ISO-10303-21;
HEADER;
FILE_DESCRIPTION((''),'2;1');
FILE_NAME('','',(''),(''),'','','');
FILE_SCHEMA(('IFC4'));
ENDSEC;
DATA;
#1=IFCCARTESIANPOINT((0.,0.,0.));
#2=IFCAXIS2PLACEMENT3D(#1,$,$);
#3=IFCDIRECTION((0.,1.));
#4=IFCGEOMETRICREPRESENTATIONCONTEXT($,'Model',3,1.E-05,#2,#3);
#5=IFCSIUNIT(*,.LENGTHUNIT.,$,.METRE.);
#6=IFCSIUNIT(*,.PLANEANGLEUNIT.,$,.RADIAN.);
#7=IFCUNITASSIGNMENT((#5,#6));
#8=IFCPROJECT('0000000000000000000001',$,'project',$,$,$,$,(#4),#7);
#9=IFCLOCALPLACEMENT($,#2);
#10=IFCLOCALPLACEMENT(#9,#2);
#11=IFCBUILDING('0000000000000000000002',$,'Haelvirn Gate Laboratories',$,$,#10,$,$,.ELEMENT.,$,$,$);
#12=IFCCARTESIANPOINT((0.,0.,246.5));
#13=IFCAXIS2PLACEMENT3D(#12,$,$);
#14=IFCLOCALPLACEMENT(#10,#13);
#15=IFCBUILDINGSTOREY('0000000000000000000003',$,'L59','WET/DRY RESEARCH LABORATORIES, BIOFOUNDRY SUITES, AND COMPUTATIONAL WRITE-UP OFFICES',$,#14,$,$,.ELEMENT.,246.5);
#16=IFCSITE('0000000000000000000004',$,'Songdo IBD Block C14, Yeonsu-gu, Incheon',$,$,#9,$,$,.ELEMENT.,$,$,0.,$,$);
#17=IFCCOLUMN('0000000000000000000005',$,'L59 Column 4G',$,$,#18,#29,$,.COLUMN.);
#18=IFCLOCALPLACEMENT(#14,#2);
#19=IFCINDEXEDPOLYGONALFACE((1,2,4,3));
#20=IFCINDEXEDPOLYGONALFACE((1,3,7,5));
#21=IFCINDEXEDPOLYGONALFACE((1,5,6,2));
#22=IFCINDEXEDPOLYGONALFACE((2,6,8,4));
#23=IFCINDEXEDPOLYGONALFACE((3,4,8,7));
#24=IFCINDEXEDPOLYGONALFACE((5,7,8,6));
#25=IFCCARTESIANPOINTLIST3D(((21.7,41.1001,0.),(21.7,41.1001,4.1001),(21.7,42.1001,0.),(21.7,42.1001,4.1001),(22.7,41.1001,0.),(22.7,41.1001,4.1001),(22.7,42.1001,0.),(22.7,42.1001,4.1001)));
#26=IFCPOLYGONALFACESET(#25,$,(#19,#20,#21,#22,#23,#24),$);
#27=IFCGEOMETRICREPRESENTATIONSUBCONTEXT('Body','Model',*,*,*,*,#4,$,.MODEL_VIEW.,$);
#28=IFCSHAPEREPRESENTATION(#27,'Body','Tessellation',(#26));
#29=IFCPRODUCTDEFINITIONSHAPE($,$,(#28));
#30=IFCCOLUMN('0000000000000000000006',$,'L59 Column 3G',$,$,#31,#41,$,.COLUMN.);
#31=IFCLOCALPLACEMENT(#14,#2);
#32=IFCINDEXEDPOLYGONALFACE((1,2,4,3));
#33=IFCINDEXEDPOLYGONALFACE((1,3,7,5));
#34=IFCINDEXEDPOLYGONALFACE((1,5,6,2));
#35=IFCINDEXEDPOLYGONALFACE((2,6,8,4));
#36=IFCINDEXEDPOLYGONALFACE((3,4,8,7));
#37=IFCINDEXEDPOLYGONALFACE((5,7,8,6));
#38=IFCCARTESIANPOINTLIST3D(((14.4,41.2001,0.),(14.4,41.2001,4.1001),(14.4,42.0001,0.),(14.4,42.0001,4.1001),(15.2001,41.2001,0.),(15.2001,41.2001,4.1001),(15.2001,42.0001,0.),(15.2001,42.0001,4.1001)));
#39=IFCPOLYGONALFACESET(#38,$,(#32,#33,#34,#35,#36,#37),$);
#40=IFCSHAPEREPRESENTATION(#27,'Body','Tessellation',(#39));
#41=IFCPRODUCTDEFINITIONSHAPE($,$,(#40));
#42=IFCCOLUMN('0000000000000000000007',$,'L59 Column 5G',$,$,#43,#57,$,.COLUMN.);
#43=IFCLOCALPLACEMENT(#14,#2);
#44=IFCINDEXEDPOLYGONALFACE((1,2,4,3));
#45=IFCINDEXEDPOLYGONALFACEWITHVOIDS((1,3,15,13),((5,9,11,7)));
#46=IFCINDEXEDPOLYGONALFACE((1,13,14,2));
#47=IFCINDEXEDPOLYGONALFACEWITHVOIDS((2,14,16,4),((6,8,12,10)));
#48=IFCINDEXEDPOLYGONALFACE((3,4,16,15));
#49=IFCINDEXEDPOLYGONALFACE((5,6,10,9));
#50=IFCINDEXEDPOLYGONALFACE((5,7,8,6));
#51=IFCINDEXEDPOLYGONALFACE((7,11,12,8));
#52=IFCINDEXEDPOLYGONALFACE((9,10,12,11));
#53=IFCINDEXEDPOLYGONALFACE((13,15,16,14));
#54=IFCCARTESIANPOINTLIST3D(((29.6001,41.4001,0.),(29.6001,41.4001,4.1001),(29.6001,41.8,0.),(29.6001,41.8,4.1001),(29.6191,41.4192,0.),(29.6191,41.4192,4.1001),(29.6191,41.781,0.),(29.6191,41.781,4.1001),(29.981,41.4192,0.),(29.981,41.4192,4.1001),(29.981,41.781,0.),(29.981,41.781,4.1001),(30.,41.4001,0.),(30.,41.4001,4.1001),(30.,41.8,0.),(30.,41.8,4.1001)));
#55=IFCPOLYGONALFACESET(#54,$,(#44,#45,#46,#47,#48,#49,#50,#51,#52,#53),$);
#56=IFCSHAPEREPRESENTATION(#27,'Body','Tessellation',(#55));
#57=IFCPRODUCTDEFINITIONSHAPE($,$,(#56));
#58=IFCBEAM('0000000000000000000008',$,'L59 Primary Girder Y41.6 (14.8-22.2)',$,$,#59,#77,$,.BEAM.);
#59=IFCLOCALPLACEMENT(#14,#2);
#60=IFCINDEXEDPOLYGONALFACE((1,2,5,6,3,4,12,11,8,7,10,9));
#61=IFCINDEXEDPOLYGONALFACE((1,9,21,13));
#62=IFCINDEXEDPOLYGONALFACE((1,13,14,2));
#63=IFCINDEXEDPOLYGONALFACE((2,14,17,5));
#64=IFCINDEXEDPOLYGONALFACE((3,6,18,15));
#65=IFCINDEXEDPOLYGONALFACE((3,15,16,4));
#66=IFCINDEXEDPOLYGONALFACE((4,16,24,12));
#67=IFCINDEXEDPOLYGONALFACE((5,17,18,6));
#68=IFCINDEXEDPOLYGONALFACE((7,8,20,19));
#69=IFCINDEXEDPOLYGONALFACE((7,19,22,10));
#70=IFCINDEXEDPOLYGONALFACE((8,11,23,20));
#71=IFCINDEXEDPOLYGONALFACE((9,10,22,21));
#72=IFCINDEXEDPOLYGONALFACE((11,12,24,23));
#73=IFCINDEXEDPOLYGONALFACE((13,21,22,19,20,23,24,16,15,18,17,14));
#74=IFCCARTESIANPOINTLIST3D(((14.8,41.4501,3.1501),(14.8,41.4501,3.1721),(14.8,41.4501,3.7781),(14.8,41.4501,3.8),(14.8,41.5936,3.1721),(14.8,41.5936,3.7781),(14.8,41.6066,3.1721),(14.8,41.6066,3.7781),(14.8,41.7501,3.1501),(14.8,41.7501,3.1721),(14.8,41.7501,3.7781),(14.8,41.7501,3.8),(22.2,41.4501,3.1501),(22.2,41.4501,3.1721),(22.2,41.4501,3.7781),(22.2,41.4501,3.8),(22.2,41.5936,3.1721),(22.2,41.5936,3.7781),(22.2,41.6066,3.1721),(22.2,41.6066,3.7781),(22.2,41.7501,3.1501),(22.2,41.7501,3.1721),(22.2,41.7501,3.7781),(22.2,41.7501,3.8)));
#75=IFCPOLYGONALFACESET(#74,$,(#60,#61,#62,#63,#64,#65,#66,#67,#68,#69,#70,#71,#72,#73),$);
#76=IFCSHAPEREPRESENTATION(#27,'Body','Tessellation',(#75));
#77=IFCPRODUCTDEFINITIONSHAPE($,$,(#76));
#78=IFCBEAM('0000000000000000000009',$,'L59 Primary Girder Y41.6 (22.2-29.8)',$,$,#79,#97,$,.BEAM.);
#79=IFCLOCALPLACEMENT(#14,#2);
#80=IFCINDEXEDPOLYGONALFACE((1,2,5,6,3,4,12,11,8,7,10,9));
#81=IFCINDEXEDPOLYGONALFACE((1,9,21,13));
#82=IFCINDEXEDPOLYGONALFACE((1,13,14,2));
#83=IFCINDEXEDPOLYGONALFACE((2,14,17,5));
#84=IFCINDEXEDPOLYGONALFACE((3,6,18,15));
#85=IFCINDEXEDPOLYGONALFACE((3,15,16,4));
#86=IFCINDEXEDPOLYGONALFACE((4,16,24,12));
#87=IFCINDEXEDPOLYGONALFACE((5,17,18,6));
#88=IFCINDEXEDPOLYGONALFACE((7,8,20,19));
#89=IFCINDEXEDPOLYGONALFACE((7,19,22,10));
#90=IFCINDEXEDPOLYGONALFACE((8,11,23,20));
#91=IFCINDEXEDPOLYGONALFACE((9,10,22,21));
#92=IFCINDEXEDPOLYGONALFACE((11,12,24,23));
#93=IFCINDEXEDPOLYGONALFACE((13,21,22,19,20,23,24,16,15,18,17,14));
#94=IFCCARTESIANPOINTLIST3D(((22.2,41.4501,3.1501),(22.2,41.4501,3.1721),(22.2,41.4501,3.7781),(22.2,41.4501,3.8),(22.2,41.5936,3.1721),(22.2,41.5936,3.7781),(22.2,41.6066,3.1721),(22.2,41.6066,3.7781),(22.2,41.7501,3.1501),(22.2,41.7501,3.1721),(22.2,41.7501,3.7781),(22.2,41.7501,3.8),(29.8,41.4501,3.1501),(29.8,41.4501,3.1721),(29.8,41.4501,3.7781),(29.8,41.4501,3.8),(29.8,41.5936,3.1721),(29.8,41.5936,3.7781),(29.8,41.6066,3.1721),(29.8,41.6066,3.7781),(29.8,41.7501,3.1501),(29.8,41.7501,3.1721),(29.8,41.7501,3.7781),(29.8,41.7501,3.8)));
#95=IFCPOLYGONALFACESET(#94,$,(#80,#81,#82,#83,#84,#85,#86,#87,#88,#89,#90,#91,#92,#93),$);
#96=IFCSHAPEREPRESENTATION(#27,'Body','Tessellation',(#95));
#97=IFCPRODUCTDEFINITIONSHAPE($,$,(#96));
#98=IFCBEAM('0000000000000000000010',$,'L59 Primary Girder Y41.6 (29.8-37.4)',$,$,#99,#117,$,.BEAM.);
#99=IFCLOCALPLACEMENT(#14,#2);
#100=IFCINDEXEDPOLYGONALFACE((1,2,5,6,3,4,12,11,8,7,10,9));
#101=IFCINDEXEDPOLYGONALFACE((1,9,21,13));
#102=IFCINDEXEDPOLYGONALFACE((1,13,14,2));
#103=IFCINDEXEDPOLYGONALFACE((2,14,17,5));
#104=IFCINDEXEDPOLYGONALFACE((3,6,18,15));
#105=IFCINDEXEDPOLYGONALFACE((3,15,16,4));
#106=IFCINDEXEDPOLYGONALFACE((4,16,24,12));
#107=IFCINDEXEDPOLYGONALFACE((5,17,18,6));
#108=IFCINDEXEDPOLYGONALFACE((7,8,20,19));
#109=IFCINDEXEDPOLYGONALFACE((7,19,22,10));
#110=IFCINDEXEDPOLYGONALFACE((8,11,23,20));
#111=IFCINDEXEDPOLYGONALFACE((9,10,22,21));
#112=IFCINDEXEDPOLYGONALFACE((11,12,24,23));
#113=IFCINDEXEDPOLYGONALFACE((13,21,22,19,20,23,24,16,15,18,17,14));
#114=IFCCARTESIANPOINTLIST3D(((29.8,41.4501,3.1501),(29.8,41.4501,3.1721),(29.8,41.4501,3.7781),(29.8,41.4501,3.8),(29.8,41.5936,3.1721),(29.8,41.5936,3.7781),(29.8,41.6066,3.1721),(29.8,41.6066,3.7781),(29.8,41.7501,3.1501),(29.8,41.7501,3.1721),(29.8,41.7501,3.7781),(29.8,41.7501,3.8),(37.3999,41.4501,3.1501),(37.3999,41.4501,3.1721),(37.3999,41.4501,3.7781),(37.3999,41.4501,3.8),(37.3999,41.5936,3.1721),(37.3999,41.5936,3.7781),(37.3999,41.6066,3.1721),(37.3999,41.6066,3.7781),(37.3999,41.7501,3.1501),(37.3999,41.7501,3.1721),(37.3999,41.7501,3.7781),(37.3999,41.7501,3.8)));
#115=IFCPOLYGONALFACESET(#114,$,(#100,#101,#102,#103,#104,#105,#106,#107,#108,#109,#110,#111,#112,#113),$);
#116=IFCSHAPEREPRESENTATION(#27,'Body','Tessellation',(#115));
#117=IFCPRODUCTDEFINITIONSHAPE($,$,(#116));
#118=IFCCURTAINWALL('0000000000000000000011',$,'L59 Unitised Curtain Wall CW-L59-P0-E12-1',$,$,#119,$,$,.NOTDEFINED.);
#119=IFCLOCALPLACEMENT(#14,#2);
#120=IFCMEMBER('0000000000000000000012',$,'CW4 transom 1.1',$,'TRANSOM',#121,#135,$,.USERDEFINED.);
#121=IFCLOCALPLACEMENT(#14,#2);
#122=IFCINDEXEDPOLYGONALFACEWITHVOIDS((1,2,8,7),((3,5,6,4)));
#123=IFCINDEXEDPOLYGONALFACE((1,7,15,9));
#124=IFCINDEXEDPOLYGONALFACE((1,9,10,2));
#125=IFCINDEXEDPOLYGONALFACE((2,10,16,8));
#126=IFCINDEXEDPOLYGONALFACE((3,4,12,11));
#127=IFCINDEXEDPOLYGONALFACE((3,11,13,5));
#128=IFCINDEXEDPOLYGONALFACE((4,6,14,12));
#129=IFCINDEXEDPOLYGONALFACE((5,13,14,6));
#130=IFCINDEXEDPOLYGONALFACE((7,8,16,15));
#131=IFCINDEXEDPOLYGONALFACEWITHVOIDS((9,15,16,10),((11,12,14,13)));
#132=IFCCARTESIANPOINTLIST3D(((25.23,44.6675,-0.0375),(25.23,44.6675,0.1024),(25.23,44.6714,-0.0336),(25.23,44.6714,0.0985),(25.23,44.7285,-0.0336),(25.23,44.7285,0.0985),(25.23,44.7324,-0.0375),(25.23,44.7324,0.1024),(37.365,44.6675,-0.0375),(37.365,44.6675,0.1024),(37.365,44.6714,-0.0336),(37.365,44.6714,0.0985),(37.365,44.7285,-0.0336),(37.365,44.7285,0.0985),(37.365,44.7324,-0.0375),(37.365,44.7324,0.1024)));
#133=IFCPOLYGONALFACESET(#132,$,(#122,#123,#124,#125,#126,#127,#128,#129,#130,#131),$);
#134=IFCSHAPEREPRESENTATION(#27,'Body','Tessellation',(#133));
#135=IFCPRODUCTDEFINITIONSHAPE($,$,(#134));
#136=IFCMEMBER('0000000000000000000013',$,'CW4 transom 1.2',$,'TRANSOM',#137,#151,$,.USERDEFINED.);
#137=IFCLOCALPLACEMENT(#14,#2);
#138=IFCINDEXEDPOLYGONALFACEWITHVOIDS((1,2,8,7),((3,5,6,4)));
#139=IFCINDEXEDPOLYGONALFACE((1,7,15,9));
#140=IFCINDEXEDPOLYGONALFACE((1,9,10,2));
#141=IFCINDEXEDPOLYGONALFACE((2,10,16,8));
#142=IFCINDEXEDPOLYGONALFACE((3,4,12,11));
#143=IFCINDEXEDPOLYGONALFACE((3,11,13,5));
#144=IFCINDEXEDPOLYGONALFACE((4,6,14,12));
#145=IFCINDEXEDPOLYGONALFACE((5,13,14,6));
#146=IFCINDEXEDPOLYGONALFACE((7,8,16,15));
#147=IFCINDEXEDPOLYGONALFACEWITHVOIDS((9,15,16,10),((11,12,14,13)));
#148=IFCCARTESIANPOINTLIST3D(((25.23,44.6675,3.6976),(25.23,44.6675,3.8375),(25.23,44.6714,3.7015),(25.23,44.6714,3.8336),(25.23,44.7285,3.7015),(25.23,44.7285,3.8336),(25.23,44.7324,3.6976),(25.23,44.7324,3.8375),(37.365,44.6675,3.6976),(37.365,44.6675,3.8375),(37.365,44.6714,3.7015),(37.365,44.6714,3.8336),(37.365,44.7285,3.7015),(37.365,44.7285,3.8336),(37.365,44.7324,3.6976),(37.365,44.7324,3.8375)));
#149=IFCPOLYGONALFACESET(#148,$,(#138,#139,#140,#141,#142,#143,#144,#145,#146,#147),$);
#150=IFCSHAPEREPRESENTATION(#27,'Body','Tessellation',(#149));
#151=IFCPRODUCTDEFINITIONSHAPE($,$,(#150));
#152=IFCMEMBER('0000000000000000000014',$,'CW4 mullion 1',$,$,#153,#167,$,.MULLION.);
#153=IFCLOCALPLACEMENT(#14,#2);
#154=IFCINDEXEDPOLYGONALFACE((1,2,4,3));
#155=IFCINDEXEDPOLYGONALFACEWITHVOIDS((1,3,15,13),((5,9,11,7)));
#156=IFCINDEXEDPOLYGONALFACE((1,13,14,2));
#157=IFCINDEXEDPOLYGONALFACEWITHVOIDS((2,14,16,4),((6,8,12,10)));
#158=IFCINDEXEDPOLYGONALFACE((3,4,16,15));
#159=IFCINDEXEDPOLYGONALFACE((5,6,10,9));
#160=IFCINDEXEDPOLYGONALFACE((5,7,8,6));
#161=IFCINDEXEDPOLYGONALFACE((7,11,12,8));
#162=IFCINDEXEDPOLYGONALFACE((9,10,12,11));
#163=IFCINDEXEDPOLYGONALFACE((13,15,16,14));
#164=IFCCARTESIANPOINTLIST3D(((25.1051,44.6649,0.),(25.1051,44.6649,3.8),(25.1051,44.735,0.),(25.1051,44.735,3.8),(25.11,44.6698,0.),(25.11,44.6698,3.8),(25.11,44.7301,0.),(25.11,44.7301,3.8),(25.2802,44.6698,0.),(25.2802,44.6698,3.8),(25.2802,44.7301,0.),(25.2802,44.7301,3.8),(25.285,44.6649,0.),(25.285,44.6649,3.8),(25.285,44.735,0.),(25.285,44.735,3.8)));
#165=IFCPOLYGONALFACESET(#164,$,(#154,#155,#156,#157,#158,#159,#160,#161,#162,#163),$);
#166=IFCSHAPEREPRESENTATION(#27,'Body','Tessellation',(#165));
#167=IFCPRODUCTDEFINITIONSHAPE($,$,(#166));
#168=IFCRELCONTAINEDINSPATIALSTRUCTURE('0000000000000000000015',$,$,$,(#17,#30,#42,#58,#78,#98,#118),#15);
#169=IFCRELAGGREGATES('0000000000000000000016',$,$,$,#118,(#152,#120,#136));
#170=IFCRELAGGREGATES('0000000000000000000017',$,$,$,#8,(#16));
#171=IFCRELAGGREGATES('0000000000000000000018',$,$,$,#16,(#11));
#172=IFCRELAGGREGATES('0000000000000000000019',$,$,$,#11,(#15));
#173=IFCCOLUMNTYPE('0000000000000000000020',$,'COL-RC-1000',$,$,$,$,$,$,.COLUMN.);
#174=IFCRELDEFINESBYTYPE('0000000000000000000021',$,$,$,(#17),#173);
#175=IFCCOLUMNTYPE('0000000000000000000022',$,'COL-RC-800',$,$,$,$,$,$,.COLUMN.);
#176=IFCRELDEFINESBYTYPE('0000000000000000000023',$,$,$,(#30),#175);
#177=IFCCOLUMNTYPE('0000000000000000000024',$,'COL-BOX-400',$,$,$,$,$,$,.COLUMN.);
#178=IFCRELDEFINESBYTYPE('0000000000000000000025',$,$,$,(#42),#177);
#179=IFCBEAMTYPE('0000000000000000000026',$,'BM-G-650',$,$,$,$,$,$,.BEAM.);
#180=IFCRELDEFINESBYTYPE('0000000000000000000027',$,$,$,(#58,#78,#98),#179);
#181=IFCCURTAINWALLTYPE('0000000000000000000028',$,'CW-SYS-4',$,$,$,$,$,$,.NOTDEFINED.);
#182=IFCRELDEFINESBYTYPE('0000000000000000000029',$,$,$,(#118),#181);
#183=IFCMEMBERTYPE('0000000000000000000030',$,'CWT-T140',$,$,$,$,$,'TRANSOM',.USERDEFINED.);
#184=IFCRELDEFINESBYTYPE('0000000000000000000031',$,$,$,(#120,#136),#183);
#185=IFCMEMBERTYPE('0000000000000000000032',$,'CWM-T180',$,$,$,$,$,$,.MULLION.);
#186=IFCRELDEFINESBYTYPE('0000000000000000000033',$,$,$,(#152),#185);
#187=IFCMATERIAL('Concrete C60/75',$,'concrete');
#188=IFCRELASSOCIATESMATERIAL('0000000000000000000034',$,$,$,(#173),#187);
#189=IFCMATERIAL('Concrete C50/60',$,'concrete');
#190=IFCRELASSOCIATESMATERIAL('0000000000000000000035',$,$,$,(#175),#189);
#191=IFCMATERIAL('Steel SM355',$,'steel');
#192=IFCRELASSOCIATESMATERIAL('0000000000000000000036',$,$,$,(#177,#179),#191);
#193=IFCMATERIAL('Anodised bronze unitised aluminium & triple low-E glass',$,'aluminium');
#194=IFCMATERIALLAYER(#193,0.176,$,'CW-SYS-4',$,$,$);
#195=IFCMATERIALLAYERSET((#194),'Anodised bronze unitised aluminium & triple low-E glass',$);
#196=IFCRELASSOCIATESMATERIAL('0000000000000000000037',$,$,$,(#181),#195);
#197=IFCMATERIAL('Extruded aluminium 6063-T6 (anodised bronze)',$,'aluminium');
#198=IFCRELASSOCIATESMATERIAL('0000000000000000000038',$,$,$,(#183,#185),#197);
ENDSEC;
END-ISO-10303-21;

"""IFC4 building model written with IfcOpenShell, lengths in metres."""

from ifc_helpers import new_model, si_unit, direction, frame, origin, origin_2d, place, context, subcontext, project, spatial, rectangle, hollow_rectangle, i_section, extrude, source, transform, mapped, material, layer, layer_set, material_profile, profile_set, type_object, type_shapes, element, aggregate, save


model = new_model("IFC4")

# Units and contexts
model_context = context("Model", 3, precision=1e-05, world=origin(), true_north=direction((0.0, 1.0)))
body_context = subcontext(model_context, "Body", "Model", "MODEL_VIEW")
ifc_project = project(units=[si_unit("LENGTHUNIT", "METRE"), si_unit("PLANEANGLEUNIT", "RADIAN")], contexts=[model_context])

# Site, building, storey
site_placement = place(None, origin())
site = spatial("IfcSite", under=ifc_project, at=site_placement, Name="Songdo IBD Block C14, Yeonsu-gu, Incheon", CompositionType="ELEMENT", RefElevation=0.0)
building_placement = place(site_placement, origin())
building = spatial("IfcBuilding", under=site, at=building_placement, Name="Haelvirn Gate Laboratories", CompositionType="ELEMENT")
storey_placement = place(building_placement, frame((0.0, 0.0, 246.5)))
storey = spatial("IfcBuildingStorey", under=building, at=storey_placement, Name="L59", Description="WET/DRY RESEARCH LABORATORIES, BIOFOUNDRY SUITES, AND COMPUTATIONAL WRITE-UP OFFICES", CompositionType="ELEMENT", Elevation=246.5)

# Columns
ifc_material_1 = material(Name="Concrete C60/75", Category="concrete")
ifc_material_profile_1 = material_profile(ifc_material_1, rectangle(XDim=1.0, YDim=1.0, at=origin_2d()), Name="RC-1000x1000")
ifc_profile_set_1 = profile_set([ifc_material_profile_1], Name="Concrete C60/75")
column_type_1 = type_object("IfcColumnType", Name="COL-RC-1000", PredefinedType="COLUMN", material=ifc_profile_set_1)
shared_shape_1 = source(origin(), body_context, "Body", "SweptSolid", [
    extrude(rectangle(XDim=1.0, YDim=1.0, at=origin_2d()), origin(), (0.0, 0.0, 1.0), 4.1001),
])
type_shapes(column_type_1, [shared_shape_1])
column_1_placement = place(storey_placement, frame((22.2, 41.6001, 0.0), z_axis=(0.0, 0.0, 1.0), x_axis=(1.0, 0.0, 0.0)))
element("IfcColumn", 1, at=column_1_placement, inside=storey, type_object=column_type_1, Name="L59 Column 4G", PredefinedType="COLUMN", context=body_context, shape_type="MappedRepresentation", body=[
    mapped(shared_shape_1, transform((0.0, 0.0, 0.0), scale=1.0)),
])
ifc_material_2 = material(Name="Concrete C50/60", Category="concrete")
ifc_material_profile_2 = material_profile(ifc_material_2, rectangle(XDim=0.8, YDim=0.8, at=origin_2d()), Name="RC-800x800")
ifc_profile_set_2 = profile_set([ifc_material_profile_2], Name="Concrete C50/60")
column_type_2 = type_object("IfcColumnType", Name="COL-RC-800", PredefinedType="COLUMN", material=ifc_profile_set_2)
shared_shape_2 = source(origin(), body_context, "Body", "SweptSolid", [
    extrude(rectangle(XDim=0.8, YDim=0.8, at=origin_2d()), origin(), (0.0, 0.0, 1.0), 4.1001),
])
type_shapes(column_type_2, [shared_shape_2])
column_2_placement = place(storey_placement, frame((14.8, 41.6001, 0.0), z_axis=(0.0, 0.0, 1.0), x_axis=(1.0, 0.0, 0.0)))
element("IfcColumn", 2, at=column_2_placement, inside=storey, type_object=column_type_2, Name="L59 Column 3G", PredefinedType="COLUMN", context=body_context, shape_type="MappedRepresentation", body=[
    mapped(shared_shape_2, transform((0.0, 0.0, 0.0), scale=1.0)),
])
ifc_material_3 = material(Name="Steel SM355", Category="steel")
ifc_material_profile_3 = material_profile(ifc_material_3, hollow_rectangle(XDim=0.3999, YDim=0.3999, WallThickness=0.019, at=origin_2d()), Name="BOX-400x400x19")
ifc_profile_set_3 = profile_set([ifc_material_profile_3], Name="Steel SM355")
column_type_3 = type_object("IfcColumnType", Name="COL-BOX-400", PredefinedType="COLUMN", material=ifc_profile_set_3)
shared_shape_3 = source(origin(), body_context, "Body", "SweptSolid", [
    extrude(hollow_rectangle(XDim=0.3999, YDim=0.3999, WallThickness=0.019, at=origin_2d()), origin(), (0.0, 0.0, 1.0), 4.1001),
])
type_shapes(column_type_3, [shared_shape_3])
column_3_placement = place(storey_placement, frame((29.8, 41.6001, 0.0), z_axis=(0.0, 0.0, 1.0), x_axis=(1.0, 0.0, 0.0)))
element("IfcColumn", 3, at=column_3_placement, inside=storey, type_object=column_type_3, Name="L59 Column 5G", PredefinedType="COLUMN", context=body_context, shape_type="MappedRepresentation", body=[
    mapped(shared_shape_3, transform((0.0, 0.0, 0.0), scale=1.0)),
])

# Beams
ifc_material_profile_4 = material_profile(ifc_material_3, i_section(OverallWidth=0.3, OverallDepth=0.6499, WebThickness=0.0129, FlangeThickness=0.022, at=origin_2d()), Name="H-650x300x13x22")
ifc_profile_set_4 = profile_set([ifc_material_profile_4], Name="Steel SM355")
beam_type = type_object("IfcBeamType", Name="BM-G-650", PredefinedType="BEAM", material=ifc_profile_set_4)
shared_shape_4 = source(origin(), body_context, "Body", "SweptSolid", [
    extrude(i_section(OverallWidth=0.3, OverallDepth=0.6499, WebThickness=0.0129, FlangeThickness=0.022, at=origin_2d()), origin(), (0.0, 0.0, 1.0), 7.3999),
])
beam_1_placement = place(storey_placement, frame((14.8, 41.6001, 3.4751), z_axis=(1.0, 0.0, 0.0), x_axis=(0.0, 1.0, 0.0)))
element("IfcBeam", 4, at=beam_1_placement, inside=storey, type_object=beam_type, Name="L59 Primary Girder Y41.6 (14.8-22.2)", PredefinedType="BEAM", context=body_context, shape_type="MappedRepresentation", body=[
    mapped(shared_shape_4, transform((0.0, 0.0, 0.0), scale=1.0)),
])
shared_shape_5 = source(origin(), body_context, "Body", "SweptSolid", [
    extrude(i_section(OverallWidth=0.3, OverallDepth=0.6499, WebThickness=0.0129, FlangeThickness=0.022, at=origin_2d()), origin(), (0.0, 0.0, 1.0), 7.6001),
])
beam_2_placement = place(storey_placement, frame((22.2, 41.6001, 3.4751), z_axis=(1.0, 0.0, 0.0), x_axis=(0.0, 1.0, 0.0)))
element("IfcBeam", 5, at=beam_2_placement, inside=storey, type_object=beam_type, Name="L59 Primary Girder Y41.6 (22.2-29.8)", PredefinedType="BEAM", context=body_context, shape_type="MappedRepresentation", body=[
    mapped(shared_shape_5, transform((0.0, 0.0, 0.0), scale=1.0)),
])
shared_shape_6 = source(origin(), body_context, "Body", "SweptSolid", [
    extrude(i_section(OverallWidth=0.3, OverallDepth=0.6499, WebThickness=0.0129, FlangeThickness=0.022, at=origin_2d()), origin(), (0.0, 0.0, 1.0), 7.5999),
])
type_shapes(beam_type, [shared_shape_4, shared_shape_5, shared_shape_6])
beam_3_placement = place(storey_placement, frame((29.8, 41.6001, 3.4751), z_axis=(1.0, 0.0, 0.0), x_axis=(0.0, 1.0, 0.0)))
element("IfcBeam", 6, at=beam_3_placement, inside=storey, type_object=beam_type, Name="L59 Primary Girder Y41.6 (29.8-37.4)", PredefinedType="BEAM", context=body_context, shape_type="MappedRepresentation", body=[
    mapped(shared_shape_6, transform((0.0, 0.0, 0.0), scale=1.0)),
])

# Curtain wall, members
ifc_material_4 = material(Name="Anodised bronze unitised aluminium & triple low-E glass", Category="aluminium")
ifc_layer_1 = layer(ifc_material_4, 0.176, Name="CW-SYS-4")
ifc_layer_set_1 = layer_set([ifc_layer_1], Name="Anodised bronze unitised aluminium & triple low-E glass")
curtain_wall_type = type_object("IfcCurtainWallType", Name="CW-SYS-4", PredefinedType="NOTDEFINED", material=ifc_layer_set_1)
curtain_wall_1_placement = place(storey_placement, origin())
curtain_wall_1 = element("IfcCurtainWall", 7, at=curtain_wall_1_placement, inside=storey, type_object=curtain_wall_type, Name="L59 Unitised Curtain Wall CW-L59-P0-E12-1", PredefinedType="NOTDEFINED")
ifc_material_5 = material(Name="Extruded aluminium 6063-T6 (anodised bronze)", Category="aluminium")
ifc_material_profile_5 = material_profile(ifc_material_5, hollow_rectangle(XDim=0.0649, YDim=0.1399, WallThickness=0.0039, at=origin_2d()), Name="CWT-140x65x4")
ifc_profile_set_5 = profile_set([ifc_material_profile_5], Name="Extruded aluminium 6063-T6 (anodised bronze)")
member_type_1 = type_object("IfcMemberType", Name="CWT-T140", ElementType="TRANSOM", PredefinedType="USERDEFINED", material=ifc_profile_set_5)
shared_shape_7 = source(origin(), body_context, "Body", "SweptSolid", [
    extrude(hollow_rectangle(XDim=0.0649, YDim=0.1399, WallThickness=0.0039, at=origin_2d()), origin(), (0.0, 0.0, 1.0), 12.135),
])
member_1_placement = place(storey_placement, frame((25.23, 44.7, 0.0325), z_axis=(1.0, 0.0, 0.0), x_axis=(0.0, 1.0, 0.0)))
member_1 = element("IfcMember", 8, at=member_1_placement, type_object=member_type_1, Name="CW4 transom 1.1", ObjectType="TRANSOM", PredefinedType="USERDEFINED", context=body_context, shape_type="MappedRepresentation", body=[
    mapped(shared_shape_7, transform((0.0, 0.0, 0.0), scale=1.0)),
])
member_2_placement = place(storey_placement, frame((25.23, 44.7, 3.7676), z_axis=(1.0, 0.0, 0.0), x_axis=(0.0, 1.0, 0.0)))
member_2 = element("IfcMember", 9, at=member_2_placement, type_object=member_type_1, Name="CW4 transom 1.2", ObjectType="TRANSOM", PredefinedType="USERDEFINED", context=body_context, shape_type="MappedRepresentation", body=[
    mapped(shared_shape_7, transform((0.0, 0.0, 0.0), scale=1.0)),
])
ifc_material_profile_6 = material_profile(ifc_material_5, hollow_rectangle(XDim=0.0701, YDim=0.1799, WallThickness=0.0049, at=origin_2d()), Name="CWM-180x70x5")
ifc_profile_set_6 = profile_set([ifc_material_profile_6], Name="Extruded aluminium 6063-T6 (anodised bronze)")
member_type_2 = type_object("IfcMemberType", Name="CWM-T180", PredefinedType="MULLION", material=ifc_profile_set_6)
shared_shape_8 = source(origin(), body_context, "Body", "SweptSolid", [
    extrude(hollow_rectangle(XDim=0.0701, YDim=0.1799, WallThickness=0.0049, at=origin_2d()), origin(), (0.0, 0.0, 1.0), 3.8),
])
type_shapes(member_type_2, [shared_shape_8])
member_3_placement = place(storey_placement, frame((25.1951, 44.7, 0.0), z_axis=(0.0, 0.0, 1.0), x_axis=(0.0, 1.0, 0.0)))
member_3 = element("IfcMember", 10, at=member_3_placement, type_object=member_type_2, Name="CW4 mullion 1", PredefinedType="MULLION", context=body_context, shape_type="MappedRepresentation", body=[
    mapped(shared_shape_8, transform((0.0, 0.0, 0.0), scale=1.0)),
])

aggregate(curtain_wall_1, [member_3, member_1, member_2])

save(model, "model.ifc")
